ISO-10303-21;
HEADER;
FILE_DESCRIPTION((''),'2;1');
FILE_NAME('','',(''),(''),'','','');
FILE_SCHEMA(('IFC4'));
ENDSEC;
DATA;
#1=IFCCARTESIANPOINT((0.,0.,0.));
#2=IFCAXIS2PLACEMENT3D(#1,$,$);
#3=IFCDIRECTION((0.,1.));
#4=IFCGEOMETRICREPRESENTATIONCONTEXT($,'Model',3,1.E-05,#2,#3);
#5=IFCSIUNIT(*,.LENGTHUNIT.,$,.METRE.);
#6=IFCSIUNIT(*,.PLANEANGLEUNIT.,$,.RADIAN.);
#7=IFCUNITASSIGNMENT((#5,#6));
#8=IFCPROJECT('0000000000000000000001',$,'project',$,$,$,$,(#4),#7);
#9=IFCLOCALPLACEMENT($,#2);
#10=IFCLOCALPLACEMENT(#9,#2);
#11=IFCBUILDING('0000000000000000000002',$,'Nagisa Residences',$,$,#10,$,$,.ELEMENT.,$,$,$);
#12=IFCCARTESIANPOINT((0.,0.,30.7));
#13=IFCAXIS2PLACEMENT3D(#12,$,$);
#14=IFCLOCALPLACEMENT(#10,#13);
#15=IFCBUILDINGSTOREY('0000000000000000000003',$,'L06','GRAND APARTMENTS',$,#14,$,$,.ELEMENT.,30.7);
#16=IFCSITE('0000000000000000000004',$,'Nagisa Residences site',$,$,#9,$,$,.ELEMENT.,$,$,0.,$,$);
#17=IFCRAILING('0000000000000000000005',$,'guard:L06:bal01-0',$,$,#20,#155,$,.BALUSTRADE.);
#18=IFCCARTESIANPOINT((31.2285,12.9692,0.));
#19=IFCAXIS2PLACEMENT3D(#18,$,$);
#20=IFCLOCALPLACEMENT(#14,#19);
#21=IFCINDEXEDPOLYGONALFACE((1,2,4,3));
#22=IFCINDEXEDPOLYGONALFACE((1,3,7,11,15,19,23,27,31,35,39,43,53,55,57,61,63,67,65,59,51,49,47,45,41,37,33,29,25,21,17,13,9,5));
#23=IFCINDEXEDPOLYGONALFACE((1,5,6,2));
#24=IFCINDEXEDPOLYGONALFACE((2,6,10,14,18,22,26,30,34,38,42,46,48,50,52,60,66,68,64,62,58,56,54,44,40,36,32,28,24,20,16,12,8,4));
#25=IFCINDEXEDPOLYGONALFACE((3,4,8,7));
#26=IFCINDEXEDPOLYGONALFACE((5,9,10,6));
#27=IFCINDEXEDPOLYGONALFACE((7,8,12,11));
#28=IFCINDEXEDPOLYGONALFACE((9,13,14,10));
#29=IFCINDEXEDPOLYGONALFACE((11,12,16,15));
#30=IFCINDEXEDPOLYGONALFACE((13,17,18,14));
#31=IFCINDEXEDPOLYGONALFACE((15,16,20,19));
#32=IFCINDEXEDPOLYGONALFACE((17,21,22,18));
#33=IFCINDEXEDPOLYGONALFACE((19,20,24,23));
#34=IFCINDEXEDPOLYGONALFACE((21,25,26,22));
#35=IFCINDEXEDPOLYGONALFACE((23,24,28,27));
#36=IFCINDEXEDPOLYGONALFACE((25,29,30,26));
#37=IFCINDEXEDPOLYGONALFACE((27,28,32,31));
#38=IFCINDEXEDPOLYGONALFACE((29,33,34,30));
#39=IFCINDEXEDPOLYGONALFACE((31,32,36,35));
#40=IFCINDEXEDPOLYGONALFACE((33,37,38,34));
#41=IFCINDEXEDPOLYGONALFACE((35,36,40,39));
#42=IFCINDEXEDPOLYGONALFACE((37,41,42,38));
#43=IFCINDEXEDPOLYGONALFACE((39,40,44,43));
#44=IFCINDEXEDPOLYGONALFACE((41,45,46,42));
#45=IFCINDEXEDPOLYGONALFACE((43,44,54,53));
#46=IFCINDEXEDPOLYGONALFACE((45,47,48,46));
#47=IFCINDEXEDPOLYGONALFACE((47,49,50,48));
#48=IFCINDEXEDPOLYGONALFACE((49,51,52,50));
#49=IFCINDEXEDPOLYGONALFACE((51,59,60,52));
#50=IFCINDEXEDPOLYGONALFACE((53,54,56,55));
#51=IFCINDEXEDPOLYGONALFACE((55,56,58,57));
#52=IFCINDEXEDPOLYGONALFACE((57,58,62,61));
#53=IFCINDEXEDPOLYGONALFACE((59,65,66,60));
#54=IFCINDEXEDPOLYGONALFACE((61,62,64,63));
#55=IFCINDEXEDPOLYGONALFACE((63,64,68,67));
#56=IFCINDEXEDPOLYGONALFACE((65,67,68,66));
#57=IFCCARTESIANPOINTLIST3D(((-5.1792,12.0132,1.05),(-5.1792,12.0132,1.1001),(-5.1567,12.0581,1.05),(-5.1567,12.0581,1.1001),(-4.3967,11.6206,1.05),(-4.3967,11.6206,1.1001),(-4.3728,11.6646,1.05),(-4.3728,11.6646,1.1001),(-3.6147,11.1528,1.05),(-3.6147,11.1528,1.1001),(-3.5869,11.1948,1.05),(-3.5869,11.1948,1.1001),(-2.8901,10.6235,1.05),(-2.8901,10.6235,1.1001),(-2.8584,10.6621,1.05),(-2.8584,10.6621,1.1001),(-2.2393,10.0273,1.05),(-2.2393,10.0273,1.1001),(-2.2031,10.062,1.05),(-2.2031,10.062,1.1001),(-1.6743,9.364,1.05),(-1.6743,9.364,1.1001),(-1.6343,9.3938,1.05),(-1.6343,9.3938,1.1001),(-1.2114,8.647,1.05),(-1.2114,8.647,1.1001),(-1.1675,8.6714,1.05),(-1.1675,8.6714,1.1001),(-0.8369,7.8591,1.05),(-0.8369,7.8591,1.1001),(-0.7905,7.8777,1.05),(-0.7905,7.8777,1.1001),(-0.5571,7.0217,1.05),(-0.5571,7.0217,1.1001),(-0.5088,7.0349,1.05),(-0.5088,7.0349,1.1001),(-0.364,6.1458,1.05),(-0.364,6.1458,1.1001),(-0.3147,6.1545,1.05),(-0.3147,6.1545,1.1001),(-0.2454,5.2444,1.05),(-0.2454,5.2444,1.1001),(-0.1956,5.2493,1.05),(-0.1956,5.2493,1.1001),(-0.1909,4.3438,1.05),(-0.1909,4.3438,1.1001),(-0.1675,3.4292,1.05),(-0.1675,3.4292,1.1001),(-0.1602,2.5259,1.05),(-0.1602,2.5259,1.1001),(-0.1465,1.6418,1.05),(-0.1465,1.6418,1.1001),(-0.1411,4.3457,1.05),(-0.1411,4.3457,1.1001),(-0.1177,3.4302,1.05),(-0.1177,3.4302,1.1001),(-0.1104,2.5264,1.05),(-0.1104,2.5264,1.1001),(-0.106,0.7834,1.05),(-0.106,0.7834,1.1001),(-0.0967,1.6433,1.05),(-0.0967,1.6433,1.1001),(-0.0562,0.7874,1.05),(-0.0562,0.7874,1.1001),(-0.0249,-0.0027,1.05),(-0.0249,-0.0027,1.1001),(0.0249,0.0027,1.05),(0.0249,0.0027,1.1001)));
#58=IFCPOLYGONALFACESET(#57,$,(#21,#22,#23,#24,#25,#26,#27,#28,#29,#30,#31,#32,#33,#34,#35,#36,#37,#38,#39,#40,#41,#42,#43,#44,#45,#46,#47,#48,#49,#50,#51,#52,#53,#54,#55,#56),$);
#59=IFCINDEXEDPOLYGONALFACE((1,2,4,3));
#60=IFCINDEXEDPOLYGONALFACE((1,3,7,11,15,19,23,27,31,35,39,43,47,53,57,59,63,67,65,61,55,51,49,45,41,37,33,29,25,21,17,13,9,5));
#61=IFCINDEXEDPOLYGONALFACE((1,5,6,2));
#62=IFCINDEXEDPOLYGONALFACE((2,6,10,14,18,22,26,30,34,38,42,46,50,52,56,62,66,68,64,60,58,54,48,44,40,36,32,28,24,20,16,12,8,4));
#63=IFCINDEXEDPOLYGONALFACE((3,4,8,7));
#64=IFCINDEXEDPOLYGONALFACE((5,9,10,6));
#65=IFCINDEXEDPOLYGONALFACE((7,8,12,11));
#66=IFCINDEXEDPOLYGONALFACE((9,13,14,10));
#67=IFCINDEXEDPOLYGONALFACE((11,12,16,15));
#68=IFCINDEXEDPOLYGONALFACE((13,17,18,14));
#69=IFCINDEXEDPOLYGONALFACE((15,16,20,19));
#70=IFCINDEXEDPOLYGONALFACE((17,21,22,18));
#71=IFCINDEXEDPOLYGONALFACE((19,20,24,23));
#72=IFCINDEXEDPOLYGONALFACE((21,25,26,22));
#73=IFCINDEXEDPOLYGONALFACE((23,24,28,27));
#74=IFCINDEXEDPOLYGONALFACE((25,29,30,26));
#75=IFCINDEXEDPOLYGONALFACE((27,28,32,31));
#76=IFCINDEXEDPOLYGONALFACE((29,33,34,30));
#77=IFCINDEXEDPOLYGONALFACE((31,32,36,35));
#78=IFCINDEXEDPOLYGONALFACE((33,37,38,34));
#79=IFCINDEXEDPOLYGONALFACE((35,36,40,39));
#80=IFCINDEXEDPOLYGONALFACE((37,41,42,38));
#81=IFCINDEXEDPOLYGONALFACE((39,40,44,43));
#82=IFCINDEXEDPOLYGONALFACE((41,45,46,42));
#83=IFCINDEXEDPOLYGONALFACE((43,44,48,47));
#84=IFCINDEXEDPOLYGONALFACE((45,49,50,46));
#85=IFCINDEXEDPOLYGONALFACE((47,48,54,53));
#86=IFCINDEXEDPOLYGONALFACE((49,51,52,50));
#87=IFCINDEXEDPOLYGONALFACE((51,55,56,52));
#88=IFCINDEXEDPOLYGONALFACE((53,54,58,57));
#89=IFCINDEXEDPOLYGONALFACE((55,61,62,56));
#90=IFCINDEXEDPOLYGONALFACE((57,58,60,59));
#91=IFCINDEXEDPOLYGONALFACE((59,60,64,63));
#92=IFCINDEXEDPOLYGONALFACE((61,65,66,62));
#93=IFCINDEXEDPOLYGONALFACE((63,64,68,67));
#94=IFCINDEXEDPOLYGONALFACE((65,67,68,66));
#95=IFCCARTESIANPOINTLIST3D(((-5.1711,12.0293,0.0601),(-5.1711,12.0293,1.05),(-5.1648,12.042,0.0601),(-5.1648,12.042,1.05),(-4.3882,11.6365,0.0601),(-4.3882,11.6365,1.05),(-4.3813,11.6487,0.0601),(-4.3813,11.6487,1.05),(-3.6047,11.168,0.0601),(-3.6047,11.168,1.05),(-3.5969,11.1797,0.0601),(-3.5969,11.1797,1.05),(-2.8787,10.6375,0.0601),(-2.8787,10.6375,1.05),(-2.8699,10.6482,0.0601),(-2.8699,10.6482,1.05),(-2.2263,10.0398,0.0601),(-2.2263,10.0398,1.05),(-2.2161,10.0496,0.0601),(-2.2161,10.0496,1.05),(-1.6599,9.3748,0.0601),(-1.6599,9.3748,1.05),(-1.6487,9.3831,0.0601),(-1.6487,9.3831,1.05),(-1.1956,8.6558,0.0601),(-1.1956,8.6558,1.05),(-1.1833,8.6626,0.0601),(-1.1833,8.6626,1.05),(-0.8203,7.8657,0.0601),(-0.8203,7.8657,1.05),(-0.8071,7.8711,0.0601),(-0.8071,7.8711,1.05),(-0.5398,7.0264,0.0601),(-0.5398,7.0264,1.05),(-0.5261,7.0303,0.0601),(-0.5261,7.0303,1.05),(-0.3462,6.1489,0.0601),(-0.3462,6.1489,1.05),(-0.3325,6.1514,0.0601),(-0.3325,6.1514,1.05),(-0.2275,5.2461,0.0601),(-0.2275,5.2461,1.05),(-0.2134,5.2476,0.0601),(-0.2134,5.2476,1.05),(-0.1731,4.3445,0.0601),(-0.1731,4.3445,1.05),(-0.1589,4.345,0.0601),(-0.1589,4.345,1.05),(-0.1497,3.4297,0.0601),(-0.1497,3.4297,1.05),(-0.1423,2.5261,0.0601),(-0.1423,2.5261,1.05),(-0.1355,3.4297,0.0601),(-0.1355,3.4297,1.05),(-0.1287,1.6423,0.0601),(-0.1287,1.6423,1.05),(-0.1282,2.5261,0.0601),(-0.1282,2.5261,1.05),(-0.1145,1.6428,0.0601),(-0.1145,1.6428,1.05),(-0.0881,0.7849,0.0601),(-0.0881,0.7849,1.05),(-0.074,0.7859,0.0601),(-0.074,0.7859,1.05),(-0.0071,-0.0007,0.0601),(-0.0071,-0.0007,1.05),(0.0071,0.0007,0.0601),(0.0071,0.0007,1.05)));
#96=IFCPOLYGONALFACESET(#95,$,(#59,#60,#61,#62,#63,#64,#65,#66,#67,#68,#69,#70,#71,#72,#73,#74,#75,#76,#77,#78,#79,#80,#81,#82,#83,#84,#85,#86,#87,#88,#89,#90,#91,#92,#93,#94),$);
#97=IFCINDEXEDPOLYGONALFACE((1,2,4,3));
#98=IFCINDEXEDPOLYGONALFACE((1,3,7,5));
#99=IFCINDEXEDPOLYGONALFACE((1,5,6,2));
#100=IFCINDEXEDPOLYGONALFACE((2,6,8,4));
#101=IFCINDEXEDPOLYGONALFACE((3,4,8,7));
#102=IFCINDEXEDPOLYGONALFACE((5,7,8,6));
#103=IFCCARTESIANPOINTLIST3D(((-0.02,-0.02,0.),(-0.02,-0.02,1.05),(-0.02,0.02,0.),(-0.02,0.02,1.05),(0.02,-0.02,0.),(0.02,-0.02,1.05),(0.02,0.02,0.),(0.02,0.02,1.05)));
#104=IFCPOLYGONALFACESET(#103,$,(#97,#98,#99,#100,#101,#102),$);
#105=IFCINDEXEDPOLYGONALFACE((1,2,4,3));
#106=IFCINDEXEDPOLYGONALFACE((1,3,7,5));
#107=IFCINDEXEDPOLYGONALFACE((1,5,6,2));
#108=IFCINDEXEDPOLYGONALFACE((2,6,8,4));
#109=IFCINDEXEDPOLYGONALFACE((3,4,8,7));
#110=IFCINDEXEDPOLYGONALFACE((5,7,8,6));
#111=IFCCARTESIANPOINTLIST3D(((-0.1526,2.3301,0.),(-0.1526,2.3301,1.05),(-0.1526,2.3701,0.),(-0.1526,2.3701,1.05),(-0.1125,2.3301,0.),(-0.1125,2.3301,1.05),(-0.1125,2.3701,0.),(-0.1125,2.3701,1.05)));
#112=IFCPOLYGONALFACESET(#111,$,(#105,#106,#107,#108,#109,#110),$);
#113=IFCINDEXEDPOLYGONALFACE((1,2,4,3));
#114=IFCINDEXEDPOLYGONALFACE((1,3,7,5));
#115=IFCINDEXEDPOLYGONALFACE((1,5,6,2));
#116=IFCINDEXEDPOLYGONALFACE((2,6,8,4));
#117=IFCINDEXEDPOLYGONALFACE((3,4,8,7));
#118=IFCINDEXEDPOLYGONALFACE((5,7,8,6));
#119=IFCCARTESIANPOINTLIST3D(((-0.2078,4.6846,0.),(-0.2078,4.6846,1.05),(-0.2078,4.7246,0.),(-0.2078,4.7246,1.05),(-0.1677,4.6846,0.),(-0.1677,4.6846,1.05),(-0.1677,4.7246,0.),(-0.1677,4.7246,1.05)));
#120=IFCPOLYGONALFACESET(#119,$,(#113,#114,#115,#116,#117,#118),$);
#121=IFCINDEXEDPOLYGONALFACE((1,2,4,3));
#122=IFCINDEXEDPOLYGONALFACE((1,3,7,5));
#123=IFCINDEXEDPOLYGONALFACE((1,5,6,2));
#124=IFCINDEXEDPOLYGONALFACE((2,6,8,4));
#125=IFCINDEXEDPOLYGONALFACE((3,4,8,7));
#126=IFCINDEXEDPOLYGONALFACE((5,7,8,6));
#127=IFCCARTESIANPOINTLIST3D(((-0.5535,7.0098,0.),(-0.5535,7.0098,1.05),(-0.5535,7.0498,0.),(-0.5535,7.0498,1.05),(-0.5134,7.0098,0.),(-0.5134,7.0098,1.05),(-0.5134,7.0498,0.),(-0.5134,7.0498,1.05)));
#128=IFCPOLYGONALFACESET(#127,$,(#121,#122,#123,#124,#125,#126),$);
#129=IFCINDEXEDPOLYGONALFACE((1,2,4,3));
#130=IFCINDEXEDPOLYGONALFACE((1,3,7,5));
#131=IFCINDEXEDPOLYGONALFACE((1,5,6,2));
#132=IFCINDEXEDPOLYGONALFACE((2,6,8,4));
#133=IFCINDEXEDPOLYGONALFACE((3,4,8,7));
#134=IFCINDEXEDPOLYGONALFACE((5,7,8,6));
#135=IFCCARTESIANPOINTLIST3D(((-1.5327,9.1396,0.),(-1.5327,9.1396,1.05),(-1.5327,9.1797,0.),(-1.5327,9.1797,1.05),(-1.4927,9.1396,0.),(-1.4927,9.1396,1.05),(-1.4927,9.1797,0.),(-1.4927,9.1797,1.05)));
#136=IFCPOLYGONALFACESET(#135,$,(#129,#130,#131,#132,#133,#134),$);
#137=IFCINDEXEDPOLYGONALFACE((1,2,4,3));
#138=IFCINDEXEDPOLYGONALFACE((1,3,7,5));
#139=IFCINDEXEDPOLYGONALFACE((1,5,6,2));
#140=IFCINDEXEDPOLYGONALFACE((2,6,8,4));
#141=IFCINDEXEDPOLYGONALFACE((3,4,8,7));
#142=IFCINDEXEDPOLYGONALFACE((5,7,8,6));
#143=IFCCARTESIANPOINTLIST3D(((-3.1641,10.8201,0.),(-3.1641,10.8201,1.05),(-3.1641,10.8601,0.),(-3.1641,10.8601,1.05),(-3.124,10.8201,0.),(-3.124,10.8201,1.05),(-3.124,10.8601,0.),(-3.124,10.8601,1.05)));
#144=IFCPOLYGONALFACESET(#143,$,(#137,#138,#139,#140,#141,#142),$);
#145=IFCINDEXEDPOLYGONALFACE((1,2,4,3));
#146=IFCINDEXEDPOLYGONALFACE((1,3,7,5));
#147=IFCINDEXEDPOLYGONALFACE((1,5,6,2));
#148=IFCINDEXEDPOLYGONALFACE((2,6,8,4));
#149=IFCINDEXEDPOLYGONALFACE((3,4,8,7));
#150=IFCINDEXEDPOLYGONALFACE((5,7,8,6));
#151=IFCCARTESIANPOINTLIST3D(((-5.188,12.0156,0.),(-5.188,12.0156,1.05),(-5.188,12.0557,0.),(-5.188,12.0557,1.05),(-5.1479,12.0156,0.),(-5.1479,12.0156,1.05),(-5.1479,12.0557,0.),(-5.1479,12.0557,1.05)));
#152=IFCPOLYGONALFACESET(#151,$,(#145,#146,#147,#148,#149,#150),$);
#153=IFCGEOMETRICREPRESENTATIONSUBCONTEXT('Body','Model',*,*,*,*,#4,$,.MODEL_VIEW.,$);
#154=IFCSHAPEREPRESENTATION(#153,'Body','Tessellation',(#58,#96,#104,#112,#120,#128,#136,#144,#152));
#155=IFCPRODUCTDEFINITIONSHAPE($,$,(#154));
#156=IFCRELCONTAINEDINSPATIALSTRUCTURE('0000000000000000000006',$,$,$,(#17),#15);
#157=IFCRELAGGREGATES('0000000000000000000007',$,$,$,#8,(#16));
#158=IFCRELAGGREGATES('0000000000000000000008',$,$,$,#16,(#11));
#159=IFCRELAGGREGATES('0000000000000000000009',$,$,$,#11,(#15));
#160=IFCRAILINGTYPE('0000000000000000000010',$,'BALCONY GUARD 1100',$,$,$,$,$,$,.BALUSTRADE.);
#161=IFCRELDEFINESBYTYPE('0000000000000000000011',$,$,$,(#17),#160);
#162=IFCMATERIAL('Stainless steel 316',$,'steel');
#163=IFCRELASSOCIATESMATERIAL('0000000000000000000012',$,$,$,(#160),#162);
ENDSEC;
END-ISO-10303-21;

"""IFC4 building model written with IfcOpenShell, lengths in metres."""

from ifc_helpers import new_model, si_unit, direction, frame, origin, origin_2d, place, context, subcontext, project, spatial, polyline, rectangle, outline, extrude, material, type_object, element, save


model = new_model("IFC4")

# Units and contexts
model_context = context("Model", 3, precision=1e-05, world=origin(), true_north=direction((0.0, 1.0)))
body_context = subcontext(model_context, "Body", "Model", "MODEL_VIEW")
ifc_project = project(units=[si_unit("LENGTHUNIT", "METRE"), si_unit("PLANEANGLEUNIT", "RADIAN")], contexts=[model_context])

# Site, building, storey
site_placement = place(None, origin())
site = spatial("IfcSite", under=ifc_project, at=site_placement, Name="Nagisa Residences site", CompositionType="ELEMENT", RefElevation=0.0)
building_placement = place(site_placement, origin())
building = spatial("IfcBuilding", under=site, at=building_placement, Name="Nagisa Residences", CompositionType="ELEMENT")
storey_placement = place(building_placement, frame((0.0, 0.0, 30.7)))
storey = spatial("IfcBuildingStorey", under=building, at=storey_placement, Name="L06", Description="GRAND APARTMENTS", CompositionType="ELEMENT", Elevation=30.7)

# Railing
ifc_material_1 = material(Name="Stainless steel 316", Category="steel")
railing_type = type_object("IfcRailingType", Name="BALCONY GUARD 1100", PredefinedType="BALUSTRADE", material=ifc_material_1)
railing_1_placement = place(storey_placement, frame((31.2285, 12.9692, 0.0)))
element("IfcRailing", 1, at=railing_1_placement, inside=storey, type_object=railing_type, Name="guard:L06:bal01-0", PredefinedType="BALUSTRADE", context=body_context, shape_type="SweptSolid", body=[
    extrude(outline(polyline([(-0.106, 0.7834), (-0.0249, -0.0027), (0.0249, 0.0027), (-0.0562, 0.7874), (-0.0967, 1.6433), (-0.1104, 2.5264), (-0.1177, 3.4302), (-0.1411, 4.3457), (-0.1956, 5.2493), (-0.3147, 6.1545), (-0.5088, 7.0349), (-0.7905, 7.8777), (-1.1675, 8.6714), (-1.6343, 9.3938), (-2.2031, 10.062), (-2.8584, 10.6621), (-3.5869, 11.1948), (-4.3728, 11.6646), (-5.1567, 12.0581), (-5.1792, 12.0132), (-4.3967, 11.6206), (-3.6147, 11.1528), (-2.8901, 10.6235), (-2.2393, 10.0273), (-1.6743, 9.364), (-1.2114, 8.647), (-0.8369, 7.8591), (-0.5571, 7.0217), (-0.364, 6.1458), (-0.2454, 5.2444), (-0.1909, 4.3438), (-0.1675, 3.4292), (-0.1602, 2.5259), (-0.1465, 1.6418), (-0.106, 0.7834)])), frame((0.0, 0.0, 1.05)), (0.0, 0.0, 1.0), 0.05),
    extrude(outline(polyline([(-0.0881, 0.7849), (-0.0071, -0.0007), (0.0071, 0.0007), (-0.074, 0.7859), (-0.1145, 1.6428), (-0.1282, 2.5261), (-0.1355, 3.4297), (-0.1589, 4.345), (-0.2134, 5.2476), (-0.3325, 6.1514), (-0.5261, 7.0303), (-0.8071, 7.8711), (-1.1833, 8.6626), (-1.6487, 9.3831), (-2.2161, 10.0496), (-2.8699, 10.6482), (-3.5969, 11.1797), (-4.3813, 11.6487), (-5.1648, 12.042), (-5.1711, 12.0293), (-4.3882, 11.6365), (-3.6047, 11.168), (-2.8787, 10.6375), (-2.2263, 10.0398), (-1.6599, 9.3748), (-1.1956, 8.6558), (-0.8203, 7.8657), (-0.5398, 7.0264), (-0.3462, 6.1489), (-0.2275, 5.2461), (-0.1731, 4.3445), (-0.1497, 3.4297), (-0.1423, 2.5261), (-0.1287, 1.6423), (-0.0881, 0.7849)])), frame((0.0, 0.0, 0.0601)), (0.0, 0.0, 1.0), 0.99),
    extrude(rectangle(XDim=0.04, YDim=0.04, at=origin_2d()), origin(), (0.0, 0.0, 1.0), 1.05),
    extrude(rectangle(XDim=0.04, YDim=0.04, at=origin_2d()), frame((-0.1326, 2.3501, 0.0)), (0.0, 0.0, 1.0), 1.05),
    extrude(rectangle(XDim=0.04, YDim=0.04, at=origin_2d()), frame((-0.1877, 4.7046, 0.0)), (0.0, 0.0, 1.0), 1.05),
    extrude(rectangle(XDim=0.04, YDim=0.04, at=origin_2d()), frame((-0.5334, 7.0298, 0.0)), (0.0, 0.0, 1.0), 1.05),
    extrude(rectangle(XDim=0.04, YDim=0.04, at=origin_2d()), frame((-1.5127, 9.1597, 0.0)), (0.0, 0.0, 1.0), 1.05),
    extrude(rectangle(XDim=0.04, YDim=0.04, at=origin_2d()), frame((-3.144, 10.8401, 0.0)), (0.0, 0.0, 1.0), 1.05),
    extrude(rectangle(XDim=0.04, YDim=0.04, at=origin_2d()), frame((-5.168, 12.0356, 0.0)), (0.0, 0.0, 1.0), 1.05),
])

save(model, "model.ifc")
